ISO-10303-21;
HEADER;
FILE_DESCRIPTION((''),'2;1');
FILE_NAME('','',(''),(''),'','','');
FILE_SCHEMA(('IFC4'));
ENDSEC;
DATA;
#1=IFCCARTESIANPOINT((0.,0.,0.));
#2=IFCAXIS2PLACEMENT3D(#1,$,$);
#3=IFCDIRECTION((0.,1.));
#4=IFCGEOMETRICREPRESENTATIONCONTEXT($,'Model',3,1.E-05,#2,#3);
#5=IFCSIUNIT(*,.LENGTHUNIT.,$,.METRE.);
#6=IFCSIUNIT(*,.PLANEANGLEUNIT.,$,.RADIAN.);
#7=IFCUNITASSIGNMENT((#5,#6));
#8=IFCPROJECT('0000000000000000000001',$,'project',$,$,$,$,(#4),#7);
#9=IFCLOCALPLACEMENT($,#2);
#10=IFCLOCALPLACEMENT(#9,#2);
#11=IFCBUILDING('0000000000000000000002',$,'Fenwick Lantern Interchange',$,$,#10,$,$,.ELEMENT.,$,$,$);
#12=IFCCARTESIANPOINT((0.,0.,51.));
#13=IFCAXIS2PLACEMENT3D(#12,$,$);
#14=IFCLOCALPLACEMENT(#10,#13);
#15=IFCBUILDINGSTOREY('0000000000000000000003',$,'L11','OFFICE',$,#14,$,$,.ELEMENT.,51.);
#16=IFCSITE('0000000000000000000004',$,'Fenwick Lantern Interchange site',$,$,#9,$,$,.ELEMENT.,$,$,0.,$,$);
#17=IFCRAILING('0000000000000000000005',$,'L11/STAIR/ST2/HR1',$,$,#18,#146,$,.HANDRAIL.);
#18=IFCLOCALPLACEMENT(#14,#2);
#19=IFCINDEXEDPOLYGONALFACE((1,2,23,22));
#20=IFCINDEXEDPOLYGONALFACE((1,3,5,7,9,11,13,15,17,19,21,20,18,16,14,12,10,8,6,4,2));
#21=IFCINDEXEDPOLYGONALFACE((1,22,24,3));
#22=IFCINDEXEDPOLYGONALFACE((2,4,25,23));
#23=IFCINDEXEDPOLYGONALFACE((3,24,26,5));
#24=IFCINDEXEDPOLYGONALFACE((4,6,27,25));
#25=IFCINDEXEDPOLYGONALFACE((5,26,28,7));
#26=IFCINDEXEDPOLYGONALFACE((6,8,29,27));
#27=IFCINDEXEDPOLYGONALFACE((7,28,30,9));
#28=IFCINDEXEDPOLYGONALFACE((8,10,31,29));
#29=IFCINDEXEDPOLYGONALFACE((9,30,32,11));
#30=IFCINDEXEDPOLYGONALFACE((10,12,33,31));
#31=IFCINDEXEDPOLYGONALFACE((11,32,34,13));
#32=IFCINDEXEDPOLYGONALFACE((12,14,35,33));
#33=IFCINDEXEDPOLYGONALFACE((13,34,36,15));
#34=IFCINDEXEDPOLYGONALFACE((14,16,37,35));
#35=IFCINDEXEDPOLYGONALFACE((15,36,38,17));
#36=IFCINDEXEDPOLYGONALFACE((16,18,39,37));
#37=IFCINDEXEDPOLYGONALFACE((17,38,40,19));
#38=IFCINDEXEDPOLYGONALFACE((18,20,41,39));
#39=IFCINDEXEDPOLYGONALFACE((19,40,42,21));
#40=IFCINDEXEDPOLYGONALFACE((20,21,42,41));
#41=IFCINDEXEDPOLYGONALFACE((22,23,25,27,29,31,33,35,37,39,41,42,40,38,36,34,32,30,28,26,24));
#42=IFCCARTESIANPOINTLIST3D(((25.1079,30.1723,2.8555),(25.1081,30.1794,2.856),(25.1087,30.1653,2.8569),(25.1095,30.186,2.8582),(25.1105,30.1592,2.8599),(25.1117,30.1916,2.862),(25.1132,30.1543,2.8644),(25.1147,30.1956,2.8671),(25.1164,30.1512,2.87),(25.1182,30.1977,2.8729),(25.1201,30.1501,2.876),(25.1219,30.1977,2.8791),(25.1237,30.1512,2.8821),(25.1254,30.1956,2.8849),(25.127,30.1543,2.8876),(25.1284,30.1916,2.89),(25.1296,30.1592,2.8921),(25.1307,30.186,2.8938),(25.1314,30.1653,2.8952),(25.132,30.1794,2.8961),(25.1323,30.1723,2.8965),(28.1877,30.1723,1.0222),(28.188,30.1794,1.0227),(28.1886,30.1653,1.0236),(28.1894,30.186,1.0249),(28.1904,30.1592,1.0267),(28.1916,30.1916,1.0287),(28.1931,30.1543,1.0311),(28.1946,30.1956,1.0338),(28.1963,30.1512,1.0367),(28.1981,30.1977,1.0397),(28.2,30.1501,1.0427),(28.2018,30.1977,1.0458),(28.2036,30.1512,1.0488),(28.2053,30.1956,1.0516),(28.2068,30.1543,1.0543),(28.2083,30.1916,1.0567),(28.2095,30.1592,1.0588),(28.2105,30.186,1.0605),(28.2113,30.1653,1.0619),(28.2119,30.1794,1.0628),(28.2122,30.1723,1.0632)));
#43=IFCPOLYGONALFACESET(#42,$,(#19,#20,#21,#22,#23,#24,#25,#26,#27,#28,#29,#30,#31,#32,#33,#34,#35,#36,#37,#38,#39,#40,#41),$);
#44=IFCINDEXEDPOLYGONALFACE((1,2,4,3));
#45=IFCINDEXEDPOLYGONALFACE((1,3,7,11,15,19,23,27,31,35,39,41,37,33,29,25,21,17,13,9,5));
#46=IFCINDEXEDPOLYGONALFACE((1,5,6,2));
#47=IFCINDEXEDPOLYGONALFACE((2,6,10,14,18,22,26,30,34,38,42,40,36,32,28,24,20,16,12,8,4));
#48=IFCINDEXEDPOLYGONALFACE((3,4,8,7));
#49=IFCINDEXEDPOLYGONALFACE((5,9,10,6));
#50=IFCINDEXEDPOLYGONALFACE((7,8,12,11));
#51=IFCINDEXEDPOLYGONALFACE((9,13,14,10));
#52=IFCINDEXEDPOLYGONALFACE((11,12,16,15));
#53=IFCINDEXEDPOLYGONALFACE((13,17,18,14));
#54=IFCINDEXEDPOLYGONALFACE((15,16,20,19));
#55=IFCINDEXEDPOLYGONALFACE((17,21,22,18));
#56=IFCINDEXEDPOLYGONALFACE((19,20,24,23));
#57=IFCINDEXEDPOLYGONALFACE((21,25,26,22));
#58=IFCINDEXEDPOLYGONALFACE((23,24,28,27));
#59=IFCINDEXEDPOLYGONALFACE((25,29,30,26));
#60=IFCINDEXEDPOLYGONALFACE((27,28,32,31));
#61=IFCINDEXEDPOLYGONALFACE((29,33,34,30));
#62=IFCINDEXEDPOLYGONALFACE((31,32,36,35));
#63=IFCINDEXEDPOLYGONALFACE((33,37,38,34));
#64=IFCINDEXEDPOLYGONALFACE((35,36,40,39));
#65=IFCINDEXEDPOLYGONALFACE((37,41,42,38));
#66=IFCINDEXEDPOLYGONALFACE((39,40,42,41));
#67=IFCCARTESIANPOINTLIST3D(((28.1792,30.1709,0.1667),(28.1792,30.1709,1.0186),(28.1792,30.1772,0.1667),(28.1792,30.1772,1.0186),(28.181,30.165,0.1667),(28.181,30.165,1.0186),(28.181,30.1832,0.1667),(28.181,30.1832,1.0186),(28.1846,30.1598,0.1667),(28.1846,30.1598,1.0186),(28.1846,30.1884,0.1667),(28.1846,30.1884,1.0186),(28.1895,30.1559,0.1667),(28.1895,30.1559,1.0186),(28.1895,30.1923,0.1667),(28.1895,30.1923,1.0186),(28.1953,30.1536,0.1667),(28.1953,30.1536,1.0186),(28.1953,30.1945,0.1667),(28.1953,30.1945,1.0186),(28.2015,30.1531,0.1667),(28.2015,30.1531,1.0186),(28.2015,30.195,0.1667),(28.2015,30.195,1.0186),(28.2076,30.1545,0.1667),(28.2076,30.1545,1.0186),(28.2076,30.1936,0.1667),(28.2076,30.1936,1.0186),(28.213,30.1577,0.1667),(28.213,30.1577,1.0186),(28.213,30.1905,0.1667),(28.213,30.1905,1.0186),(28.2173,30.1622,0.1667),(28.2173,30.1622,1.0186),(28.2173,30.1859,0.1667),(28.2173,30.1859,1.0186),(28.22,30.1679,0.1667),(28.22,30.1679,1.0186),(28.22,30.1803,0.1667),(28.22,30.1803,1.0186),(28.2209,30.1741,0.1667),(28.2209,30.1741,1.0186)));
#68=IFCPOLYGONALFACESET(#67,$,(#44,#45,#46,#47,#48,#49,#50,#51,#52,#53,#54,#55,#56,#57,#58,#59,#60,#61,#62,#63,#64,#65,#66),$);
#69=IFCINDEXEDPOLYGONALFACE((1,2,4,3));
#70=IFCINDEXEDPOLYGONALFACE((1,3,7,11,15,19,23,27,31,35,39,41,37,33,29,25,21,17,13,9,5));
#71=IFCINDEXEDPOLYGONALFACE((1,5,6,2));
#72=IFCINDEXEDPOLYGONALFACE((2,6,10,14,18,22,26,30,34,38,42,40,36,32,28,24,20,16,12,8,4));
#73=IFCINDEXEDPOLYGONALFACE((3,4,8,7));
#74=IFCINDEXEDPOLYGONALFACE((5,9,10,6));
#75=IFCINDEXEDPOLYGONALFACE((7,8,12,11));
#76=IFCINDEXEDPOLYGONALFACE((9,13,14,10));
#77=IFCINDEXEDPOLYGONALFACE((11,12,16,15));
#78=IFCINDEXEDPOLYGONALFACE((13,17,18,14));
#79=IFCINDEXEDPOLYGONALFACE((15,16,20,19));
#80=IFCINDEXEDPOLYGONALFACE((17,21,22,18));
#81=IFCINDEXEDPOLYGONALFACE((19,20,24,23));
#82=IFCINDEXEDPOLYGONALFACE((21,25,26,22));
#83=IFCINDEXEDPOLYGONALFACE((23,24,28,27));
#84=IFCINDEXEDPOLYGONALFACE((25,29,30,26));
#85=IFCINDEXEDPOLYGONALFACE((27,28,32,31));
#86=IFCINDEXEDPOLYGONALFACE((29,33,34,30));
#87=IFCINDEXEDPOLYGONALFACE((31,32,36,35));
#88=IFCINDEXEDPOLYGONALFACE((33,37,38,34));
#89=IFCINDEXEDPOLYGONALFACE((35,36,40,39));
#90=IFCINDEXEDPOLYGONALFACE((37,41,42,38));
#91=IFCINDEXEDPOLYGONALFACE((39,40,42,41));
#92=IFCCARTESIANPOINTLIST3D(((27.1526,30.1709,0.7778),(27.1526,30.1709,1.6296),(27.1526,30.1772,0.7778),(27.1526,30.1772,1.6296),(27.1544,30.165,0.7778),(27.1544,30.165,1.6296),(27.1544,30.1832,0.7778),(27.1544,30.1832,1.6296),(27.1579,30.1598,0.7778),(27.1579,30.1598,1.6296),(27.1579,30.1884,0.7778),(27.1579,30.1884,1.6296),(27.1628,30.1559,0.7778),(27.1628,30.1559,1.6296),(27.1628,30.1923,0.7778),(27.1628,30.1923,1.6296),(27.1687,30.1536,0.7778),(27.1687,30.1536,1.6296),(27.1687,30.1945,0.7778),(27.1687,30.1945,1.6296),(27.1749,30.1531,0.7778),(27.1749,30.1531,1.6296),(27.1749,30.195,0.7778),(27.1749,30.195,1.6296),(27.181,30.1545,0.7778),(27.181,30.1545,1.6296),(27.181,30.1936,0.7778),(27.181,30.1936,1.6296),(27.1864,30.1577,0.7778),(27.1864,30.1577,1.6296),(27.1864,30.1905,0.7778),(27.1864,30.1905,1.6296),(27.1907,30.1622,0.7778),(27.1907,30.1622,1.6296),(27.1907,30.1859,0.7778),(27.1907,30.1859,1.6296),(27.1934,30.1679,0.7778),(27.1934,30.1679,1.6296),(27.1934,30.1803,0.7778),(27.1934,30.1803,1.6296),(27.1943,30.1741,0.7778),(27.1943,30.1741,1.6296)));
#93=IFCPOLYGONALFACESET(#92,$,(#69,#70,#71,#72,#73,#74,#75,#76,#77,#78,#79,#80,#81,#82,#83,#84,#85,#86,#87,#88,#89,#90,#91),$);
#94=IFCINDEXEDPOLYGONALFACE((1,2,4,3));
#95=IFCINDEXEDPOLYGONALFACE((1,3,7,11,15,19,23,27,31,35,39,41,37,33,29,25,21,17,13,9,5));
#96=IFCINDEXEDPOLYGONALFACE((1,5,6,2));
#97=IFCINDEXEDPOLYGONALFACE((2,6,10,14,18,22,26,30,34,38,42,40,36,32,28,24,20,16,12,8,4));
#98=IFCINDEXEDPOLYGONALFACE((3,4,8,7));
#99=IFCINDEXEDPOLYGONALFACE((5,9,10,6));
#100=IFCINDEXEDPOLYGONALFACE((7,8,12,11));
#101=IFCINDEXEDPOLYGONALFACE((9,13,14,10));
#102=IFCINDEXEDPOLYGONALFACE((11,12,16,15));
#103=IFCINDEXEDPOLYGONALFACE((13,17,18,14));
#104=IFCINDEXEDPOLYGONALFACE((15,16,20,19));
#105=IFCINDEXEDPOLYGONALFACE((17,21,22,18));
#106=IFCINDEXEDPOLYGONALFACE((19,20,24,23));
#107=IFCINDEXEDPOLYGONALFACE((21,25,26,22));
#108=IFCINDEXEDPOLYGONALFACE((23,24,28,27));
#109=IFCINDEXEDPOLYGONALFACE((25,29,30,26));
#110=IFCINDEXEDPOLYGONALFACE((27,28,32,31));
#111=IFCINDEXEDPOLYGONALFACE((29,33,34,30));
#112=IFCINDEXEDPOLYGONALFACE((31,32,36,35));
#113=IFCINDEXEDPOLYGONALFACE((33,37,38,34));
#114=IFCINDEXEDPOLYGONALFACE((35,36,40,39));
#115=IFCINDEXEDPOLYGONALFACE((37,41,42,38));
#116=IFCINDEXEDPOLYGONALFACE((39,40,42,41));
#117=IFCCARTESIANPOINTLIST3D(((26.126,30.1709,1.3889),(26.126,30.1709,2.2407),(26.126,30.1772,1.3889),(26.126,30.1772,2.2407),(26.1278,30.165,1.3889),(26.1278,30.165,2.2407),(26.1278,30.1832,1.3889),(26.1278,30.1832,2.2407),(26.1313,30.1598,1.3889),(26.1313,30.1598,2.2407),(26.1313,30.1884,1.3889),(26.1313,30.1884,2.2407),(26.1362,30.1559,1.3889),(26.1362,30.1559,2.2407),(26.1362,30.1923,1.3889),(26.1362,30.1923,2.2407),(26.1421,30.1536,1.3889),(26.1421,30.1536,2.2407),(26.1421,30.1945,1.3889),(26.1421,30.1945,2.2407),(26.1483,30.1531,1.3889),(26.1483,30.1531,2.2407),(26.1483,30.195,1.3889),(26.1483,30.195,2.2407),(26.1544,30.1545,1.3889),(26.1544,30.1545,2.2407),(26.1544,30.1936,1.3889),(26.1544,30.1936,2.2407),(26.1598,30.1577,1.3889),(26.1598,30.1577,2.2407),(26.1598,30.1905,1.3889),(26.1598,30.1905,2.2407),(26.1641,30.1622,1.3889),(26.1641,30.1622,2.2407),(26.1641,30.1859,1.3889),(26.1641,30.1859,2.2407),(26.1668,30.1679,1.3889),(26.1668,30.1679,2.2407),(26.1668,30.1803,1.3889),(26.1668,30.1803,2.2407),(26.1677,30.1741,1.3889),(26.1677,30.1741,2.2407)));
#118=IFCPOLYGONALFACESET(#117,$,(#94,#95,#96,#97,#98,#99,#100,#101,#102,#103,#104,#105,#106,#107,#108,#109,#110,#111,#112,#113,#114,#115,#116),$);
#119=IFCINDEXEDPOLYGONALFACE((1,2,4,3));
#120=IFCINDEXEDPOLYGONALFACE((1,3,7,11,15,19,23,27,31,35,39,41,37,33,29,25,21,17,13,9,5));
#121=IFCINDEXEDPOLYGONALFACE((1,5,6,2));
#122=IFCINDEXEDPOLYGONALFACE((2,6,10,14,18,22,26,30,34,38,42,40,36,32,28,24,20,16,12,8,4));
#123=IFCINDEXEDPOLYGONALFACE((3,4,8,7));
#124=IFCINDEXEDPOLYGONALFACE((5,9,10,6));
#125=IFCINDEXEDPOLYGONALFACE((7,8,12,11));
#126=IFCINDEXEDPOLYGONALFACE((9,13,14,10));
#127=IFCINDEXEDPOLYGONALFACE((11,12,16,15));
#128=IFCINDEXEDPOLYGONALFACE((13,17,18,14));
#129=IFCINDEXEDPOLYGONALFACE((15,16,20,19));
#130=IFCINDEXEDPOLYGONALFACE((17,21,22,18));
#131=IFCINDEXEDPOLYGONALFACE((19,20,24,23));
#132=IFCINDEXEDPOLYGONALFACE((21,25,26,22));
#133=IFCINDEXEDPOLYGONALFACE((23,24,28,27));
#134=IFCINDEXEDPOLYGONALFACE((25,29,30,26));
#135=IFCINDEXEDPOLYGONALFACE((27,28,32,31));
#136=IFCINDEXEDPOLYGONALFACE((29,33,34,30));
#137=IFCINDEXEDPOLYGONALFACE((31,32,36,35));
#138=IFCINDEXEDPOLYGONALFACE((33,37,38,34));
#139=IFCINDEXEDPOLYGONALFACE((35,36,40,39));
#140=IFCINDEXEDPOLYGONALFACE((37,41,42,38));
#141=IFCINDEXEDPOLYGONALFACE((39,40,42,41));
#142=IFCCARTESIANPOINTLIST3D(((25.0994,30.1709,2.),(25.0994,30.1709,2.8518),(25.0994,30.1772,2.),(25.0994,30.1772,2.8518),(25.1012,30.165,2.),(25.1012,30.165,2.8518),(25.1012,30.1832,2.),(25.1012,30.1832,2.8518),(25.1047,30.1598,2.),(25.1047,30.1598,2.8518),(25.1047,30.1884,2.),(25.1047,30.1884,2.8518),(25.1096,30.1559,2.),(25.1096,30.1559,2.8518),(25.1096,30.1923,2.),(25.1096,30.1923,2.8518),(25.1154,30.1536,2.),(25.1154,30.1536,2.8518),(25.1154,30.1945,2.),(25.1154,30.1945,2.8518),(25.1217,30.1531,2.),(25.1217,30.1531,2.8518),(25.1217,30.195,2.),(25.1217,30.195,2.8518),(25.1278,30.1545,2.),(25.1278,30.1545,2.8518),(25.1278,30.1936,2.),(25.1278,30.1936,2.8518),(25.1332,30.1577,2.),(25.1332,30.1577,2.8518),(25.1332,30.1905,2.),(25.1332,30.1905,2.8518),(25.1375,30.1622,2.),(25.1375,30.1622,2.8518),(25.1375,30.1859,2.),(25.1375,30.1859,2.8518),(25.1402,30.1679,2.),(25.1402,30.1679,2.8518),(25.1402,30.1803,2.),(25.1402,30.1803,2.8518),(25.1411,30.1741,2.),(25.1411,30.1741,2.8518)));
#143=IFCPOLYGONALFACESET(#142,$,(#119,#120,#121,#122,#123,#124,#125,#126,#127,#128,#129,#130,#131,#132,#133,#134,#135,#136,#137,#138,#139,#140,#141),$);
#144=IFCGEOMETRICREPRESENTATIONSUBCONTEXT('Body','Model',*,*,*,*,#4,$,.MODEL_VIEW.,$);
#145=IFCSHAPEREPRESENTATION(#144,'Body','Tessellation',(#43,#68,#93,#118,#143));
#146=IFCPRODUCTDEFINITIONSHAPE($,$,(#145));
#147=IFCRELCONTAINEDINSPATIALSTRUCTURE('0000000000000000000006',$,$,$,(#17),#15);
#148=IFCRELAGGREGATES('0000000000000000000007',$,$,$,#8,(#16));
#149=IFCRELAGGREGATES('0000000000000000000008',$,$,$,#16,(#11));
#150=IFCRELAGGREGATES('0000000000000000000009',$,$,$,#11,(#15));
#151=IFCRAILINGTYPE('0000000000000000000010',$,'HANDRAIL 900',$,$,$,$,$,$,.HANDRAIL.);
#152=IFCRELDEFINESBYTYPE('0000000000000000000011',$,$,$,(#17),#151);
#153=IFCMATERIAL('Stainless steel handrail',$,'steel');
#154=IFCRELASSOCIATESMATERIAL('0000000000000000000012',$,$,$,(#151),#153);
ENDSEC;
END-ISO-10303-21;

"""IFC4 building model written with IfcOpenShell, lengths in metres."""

from ifc_helpers import new_model, si_unit, direction, frame, origin, origin_2d, place, context, subcontext, project, spatial, circle, extrude, material, type_object, element, save


model = new_model("IFC4")

# Units and contexts
model_context = context("Model", 3, precision=1e-05, world=origin(), true_north=direction((0.0, 1.0)))
body_context = subcontext(model_context, "Body", "Model", "MODEL_VIEW")
ifc_project = project(units=[si_unit("LENGTHUNIT", "METRE"), si_unit("PLANEANGLEUNIT", "RADIAN")], contexts=[model_context])

# Site, building, storey
site_placement = place(None, origin())
site = spatial("IfcSite", under=ifc_project, at=site_placement, Name="Fenwick Lantern Interchange site", CompositionType="ELEMENT", RefElevation=0.0)
building_placement = place(site_placement, origin())
building = spatial("IfcBuilding", under=site, at=building_placement, Name="Fenwick Lantern Interchange", CompositionType="ELEMENT")
storey_placement = place(building_placement, frame((0.0, 0.0, 51.0)))
storey = spatial("IfcBuildingStorey", under=building, at=storey_placement, Name="L11", Description="OFFICE", CompositionType="ELEMENT", Elevation=51.0)

# Railing
ifc_material_1 = material(Name="Stainless steel handrail", Category="steel")
railing_type = type_object("IfcRailingType", Name="HANDRAIL 900", PredefinedType="HANDRAIL", material=ifc_material_1)
railing_1_placement = place(storey_placement, frame((28.2, 30.1741, 0.1667)))
element("IfcRailing", 1, at=railing_1_placement, inside=storey, type_object=railing_type, Name="L11/STAIR/ST2/HR1", PredefinedType="HANDRAIL", context=body_context, shape_type="SweptSolid", body=[
    extrude(circle(Radius=0.0239, at=origin_2d()), frame((0.0, 0.0, 0.876), z_axis=(-0.859291, 0.0, 0.511487), x_axis=(0.0, -1.0, 0.0)), (0.0, 0.0, 1.0), 3.5842),
    extrude(circle(Radius=0.021, at=origin_2d()), origin(), (0.0, 0.0, 1.0), 0.8518),
    extrude(circle(Radius=0.021, at=origin_2d()), frame((-1.0266, 0.0, 0.6111)), (0.0, 0.0, 1.0), 0.8518),
    extrude(circle(Radius=0.021, at=origin_2d()), frame((-2.0532, 0.0, 1.2222)), (0.0, 0.0, 1.0), 0.8518),
    extrude(circle(Radius=0.021, at=origin_2d()), frame((-3.0798, 0.0, 1.8333)), (0.0, 0.0, 1.0), 0.8518),
])

save(model, "model.ifc")
